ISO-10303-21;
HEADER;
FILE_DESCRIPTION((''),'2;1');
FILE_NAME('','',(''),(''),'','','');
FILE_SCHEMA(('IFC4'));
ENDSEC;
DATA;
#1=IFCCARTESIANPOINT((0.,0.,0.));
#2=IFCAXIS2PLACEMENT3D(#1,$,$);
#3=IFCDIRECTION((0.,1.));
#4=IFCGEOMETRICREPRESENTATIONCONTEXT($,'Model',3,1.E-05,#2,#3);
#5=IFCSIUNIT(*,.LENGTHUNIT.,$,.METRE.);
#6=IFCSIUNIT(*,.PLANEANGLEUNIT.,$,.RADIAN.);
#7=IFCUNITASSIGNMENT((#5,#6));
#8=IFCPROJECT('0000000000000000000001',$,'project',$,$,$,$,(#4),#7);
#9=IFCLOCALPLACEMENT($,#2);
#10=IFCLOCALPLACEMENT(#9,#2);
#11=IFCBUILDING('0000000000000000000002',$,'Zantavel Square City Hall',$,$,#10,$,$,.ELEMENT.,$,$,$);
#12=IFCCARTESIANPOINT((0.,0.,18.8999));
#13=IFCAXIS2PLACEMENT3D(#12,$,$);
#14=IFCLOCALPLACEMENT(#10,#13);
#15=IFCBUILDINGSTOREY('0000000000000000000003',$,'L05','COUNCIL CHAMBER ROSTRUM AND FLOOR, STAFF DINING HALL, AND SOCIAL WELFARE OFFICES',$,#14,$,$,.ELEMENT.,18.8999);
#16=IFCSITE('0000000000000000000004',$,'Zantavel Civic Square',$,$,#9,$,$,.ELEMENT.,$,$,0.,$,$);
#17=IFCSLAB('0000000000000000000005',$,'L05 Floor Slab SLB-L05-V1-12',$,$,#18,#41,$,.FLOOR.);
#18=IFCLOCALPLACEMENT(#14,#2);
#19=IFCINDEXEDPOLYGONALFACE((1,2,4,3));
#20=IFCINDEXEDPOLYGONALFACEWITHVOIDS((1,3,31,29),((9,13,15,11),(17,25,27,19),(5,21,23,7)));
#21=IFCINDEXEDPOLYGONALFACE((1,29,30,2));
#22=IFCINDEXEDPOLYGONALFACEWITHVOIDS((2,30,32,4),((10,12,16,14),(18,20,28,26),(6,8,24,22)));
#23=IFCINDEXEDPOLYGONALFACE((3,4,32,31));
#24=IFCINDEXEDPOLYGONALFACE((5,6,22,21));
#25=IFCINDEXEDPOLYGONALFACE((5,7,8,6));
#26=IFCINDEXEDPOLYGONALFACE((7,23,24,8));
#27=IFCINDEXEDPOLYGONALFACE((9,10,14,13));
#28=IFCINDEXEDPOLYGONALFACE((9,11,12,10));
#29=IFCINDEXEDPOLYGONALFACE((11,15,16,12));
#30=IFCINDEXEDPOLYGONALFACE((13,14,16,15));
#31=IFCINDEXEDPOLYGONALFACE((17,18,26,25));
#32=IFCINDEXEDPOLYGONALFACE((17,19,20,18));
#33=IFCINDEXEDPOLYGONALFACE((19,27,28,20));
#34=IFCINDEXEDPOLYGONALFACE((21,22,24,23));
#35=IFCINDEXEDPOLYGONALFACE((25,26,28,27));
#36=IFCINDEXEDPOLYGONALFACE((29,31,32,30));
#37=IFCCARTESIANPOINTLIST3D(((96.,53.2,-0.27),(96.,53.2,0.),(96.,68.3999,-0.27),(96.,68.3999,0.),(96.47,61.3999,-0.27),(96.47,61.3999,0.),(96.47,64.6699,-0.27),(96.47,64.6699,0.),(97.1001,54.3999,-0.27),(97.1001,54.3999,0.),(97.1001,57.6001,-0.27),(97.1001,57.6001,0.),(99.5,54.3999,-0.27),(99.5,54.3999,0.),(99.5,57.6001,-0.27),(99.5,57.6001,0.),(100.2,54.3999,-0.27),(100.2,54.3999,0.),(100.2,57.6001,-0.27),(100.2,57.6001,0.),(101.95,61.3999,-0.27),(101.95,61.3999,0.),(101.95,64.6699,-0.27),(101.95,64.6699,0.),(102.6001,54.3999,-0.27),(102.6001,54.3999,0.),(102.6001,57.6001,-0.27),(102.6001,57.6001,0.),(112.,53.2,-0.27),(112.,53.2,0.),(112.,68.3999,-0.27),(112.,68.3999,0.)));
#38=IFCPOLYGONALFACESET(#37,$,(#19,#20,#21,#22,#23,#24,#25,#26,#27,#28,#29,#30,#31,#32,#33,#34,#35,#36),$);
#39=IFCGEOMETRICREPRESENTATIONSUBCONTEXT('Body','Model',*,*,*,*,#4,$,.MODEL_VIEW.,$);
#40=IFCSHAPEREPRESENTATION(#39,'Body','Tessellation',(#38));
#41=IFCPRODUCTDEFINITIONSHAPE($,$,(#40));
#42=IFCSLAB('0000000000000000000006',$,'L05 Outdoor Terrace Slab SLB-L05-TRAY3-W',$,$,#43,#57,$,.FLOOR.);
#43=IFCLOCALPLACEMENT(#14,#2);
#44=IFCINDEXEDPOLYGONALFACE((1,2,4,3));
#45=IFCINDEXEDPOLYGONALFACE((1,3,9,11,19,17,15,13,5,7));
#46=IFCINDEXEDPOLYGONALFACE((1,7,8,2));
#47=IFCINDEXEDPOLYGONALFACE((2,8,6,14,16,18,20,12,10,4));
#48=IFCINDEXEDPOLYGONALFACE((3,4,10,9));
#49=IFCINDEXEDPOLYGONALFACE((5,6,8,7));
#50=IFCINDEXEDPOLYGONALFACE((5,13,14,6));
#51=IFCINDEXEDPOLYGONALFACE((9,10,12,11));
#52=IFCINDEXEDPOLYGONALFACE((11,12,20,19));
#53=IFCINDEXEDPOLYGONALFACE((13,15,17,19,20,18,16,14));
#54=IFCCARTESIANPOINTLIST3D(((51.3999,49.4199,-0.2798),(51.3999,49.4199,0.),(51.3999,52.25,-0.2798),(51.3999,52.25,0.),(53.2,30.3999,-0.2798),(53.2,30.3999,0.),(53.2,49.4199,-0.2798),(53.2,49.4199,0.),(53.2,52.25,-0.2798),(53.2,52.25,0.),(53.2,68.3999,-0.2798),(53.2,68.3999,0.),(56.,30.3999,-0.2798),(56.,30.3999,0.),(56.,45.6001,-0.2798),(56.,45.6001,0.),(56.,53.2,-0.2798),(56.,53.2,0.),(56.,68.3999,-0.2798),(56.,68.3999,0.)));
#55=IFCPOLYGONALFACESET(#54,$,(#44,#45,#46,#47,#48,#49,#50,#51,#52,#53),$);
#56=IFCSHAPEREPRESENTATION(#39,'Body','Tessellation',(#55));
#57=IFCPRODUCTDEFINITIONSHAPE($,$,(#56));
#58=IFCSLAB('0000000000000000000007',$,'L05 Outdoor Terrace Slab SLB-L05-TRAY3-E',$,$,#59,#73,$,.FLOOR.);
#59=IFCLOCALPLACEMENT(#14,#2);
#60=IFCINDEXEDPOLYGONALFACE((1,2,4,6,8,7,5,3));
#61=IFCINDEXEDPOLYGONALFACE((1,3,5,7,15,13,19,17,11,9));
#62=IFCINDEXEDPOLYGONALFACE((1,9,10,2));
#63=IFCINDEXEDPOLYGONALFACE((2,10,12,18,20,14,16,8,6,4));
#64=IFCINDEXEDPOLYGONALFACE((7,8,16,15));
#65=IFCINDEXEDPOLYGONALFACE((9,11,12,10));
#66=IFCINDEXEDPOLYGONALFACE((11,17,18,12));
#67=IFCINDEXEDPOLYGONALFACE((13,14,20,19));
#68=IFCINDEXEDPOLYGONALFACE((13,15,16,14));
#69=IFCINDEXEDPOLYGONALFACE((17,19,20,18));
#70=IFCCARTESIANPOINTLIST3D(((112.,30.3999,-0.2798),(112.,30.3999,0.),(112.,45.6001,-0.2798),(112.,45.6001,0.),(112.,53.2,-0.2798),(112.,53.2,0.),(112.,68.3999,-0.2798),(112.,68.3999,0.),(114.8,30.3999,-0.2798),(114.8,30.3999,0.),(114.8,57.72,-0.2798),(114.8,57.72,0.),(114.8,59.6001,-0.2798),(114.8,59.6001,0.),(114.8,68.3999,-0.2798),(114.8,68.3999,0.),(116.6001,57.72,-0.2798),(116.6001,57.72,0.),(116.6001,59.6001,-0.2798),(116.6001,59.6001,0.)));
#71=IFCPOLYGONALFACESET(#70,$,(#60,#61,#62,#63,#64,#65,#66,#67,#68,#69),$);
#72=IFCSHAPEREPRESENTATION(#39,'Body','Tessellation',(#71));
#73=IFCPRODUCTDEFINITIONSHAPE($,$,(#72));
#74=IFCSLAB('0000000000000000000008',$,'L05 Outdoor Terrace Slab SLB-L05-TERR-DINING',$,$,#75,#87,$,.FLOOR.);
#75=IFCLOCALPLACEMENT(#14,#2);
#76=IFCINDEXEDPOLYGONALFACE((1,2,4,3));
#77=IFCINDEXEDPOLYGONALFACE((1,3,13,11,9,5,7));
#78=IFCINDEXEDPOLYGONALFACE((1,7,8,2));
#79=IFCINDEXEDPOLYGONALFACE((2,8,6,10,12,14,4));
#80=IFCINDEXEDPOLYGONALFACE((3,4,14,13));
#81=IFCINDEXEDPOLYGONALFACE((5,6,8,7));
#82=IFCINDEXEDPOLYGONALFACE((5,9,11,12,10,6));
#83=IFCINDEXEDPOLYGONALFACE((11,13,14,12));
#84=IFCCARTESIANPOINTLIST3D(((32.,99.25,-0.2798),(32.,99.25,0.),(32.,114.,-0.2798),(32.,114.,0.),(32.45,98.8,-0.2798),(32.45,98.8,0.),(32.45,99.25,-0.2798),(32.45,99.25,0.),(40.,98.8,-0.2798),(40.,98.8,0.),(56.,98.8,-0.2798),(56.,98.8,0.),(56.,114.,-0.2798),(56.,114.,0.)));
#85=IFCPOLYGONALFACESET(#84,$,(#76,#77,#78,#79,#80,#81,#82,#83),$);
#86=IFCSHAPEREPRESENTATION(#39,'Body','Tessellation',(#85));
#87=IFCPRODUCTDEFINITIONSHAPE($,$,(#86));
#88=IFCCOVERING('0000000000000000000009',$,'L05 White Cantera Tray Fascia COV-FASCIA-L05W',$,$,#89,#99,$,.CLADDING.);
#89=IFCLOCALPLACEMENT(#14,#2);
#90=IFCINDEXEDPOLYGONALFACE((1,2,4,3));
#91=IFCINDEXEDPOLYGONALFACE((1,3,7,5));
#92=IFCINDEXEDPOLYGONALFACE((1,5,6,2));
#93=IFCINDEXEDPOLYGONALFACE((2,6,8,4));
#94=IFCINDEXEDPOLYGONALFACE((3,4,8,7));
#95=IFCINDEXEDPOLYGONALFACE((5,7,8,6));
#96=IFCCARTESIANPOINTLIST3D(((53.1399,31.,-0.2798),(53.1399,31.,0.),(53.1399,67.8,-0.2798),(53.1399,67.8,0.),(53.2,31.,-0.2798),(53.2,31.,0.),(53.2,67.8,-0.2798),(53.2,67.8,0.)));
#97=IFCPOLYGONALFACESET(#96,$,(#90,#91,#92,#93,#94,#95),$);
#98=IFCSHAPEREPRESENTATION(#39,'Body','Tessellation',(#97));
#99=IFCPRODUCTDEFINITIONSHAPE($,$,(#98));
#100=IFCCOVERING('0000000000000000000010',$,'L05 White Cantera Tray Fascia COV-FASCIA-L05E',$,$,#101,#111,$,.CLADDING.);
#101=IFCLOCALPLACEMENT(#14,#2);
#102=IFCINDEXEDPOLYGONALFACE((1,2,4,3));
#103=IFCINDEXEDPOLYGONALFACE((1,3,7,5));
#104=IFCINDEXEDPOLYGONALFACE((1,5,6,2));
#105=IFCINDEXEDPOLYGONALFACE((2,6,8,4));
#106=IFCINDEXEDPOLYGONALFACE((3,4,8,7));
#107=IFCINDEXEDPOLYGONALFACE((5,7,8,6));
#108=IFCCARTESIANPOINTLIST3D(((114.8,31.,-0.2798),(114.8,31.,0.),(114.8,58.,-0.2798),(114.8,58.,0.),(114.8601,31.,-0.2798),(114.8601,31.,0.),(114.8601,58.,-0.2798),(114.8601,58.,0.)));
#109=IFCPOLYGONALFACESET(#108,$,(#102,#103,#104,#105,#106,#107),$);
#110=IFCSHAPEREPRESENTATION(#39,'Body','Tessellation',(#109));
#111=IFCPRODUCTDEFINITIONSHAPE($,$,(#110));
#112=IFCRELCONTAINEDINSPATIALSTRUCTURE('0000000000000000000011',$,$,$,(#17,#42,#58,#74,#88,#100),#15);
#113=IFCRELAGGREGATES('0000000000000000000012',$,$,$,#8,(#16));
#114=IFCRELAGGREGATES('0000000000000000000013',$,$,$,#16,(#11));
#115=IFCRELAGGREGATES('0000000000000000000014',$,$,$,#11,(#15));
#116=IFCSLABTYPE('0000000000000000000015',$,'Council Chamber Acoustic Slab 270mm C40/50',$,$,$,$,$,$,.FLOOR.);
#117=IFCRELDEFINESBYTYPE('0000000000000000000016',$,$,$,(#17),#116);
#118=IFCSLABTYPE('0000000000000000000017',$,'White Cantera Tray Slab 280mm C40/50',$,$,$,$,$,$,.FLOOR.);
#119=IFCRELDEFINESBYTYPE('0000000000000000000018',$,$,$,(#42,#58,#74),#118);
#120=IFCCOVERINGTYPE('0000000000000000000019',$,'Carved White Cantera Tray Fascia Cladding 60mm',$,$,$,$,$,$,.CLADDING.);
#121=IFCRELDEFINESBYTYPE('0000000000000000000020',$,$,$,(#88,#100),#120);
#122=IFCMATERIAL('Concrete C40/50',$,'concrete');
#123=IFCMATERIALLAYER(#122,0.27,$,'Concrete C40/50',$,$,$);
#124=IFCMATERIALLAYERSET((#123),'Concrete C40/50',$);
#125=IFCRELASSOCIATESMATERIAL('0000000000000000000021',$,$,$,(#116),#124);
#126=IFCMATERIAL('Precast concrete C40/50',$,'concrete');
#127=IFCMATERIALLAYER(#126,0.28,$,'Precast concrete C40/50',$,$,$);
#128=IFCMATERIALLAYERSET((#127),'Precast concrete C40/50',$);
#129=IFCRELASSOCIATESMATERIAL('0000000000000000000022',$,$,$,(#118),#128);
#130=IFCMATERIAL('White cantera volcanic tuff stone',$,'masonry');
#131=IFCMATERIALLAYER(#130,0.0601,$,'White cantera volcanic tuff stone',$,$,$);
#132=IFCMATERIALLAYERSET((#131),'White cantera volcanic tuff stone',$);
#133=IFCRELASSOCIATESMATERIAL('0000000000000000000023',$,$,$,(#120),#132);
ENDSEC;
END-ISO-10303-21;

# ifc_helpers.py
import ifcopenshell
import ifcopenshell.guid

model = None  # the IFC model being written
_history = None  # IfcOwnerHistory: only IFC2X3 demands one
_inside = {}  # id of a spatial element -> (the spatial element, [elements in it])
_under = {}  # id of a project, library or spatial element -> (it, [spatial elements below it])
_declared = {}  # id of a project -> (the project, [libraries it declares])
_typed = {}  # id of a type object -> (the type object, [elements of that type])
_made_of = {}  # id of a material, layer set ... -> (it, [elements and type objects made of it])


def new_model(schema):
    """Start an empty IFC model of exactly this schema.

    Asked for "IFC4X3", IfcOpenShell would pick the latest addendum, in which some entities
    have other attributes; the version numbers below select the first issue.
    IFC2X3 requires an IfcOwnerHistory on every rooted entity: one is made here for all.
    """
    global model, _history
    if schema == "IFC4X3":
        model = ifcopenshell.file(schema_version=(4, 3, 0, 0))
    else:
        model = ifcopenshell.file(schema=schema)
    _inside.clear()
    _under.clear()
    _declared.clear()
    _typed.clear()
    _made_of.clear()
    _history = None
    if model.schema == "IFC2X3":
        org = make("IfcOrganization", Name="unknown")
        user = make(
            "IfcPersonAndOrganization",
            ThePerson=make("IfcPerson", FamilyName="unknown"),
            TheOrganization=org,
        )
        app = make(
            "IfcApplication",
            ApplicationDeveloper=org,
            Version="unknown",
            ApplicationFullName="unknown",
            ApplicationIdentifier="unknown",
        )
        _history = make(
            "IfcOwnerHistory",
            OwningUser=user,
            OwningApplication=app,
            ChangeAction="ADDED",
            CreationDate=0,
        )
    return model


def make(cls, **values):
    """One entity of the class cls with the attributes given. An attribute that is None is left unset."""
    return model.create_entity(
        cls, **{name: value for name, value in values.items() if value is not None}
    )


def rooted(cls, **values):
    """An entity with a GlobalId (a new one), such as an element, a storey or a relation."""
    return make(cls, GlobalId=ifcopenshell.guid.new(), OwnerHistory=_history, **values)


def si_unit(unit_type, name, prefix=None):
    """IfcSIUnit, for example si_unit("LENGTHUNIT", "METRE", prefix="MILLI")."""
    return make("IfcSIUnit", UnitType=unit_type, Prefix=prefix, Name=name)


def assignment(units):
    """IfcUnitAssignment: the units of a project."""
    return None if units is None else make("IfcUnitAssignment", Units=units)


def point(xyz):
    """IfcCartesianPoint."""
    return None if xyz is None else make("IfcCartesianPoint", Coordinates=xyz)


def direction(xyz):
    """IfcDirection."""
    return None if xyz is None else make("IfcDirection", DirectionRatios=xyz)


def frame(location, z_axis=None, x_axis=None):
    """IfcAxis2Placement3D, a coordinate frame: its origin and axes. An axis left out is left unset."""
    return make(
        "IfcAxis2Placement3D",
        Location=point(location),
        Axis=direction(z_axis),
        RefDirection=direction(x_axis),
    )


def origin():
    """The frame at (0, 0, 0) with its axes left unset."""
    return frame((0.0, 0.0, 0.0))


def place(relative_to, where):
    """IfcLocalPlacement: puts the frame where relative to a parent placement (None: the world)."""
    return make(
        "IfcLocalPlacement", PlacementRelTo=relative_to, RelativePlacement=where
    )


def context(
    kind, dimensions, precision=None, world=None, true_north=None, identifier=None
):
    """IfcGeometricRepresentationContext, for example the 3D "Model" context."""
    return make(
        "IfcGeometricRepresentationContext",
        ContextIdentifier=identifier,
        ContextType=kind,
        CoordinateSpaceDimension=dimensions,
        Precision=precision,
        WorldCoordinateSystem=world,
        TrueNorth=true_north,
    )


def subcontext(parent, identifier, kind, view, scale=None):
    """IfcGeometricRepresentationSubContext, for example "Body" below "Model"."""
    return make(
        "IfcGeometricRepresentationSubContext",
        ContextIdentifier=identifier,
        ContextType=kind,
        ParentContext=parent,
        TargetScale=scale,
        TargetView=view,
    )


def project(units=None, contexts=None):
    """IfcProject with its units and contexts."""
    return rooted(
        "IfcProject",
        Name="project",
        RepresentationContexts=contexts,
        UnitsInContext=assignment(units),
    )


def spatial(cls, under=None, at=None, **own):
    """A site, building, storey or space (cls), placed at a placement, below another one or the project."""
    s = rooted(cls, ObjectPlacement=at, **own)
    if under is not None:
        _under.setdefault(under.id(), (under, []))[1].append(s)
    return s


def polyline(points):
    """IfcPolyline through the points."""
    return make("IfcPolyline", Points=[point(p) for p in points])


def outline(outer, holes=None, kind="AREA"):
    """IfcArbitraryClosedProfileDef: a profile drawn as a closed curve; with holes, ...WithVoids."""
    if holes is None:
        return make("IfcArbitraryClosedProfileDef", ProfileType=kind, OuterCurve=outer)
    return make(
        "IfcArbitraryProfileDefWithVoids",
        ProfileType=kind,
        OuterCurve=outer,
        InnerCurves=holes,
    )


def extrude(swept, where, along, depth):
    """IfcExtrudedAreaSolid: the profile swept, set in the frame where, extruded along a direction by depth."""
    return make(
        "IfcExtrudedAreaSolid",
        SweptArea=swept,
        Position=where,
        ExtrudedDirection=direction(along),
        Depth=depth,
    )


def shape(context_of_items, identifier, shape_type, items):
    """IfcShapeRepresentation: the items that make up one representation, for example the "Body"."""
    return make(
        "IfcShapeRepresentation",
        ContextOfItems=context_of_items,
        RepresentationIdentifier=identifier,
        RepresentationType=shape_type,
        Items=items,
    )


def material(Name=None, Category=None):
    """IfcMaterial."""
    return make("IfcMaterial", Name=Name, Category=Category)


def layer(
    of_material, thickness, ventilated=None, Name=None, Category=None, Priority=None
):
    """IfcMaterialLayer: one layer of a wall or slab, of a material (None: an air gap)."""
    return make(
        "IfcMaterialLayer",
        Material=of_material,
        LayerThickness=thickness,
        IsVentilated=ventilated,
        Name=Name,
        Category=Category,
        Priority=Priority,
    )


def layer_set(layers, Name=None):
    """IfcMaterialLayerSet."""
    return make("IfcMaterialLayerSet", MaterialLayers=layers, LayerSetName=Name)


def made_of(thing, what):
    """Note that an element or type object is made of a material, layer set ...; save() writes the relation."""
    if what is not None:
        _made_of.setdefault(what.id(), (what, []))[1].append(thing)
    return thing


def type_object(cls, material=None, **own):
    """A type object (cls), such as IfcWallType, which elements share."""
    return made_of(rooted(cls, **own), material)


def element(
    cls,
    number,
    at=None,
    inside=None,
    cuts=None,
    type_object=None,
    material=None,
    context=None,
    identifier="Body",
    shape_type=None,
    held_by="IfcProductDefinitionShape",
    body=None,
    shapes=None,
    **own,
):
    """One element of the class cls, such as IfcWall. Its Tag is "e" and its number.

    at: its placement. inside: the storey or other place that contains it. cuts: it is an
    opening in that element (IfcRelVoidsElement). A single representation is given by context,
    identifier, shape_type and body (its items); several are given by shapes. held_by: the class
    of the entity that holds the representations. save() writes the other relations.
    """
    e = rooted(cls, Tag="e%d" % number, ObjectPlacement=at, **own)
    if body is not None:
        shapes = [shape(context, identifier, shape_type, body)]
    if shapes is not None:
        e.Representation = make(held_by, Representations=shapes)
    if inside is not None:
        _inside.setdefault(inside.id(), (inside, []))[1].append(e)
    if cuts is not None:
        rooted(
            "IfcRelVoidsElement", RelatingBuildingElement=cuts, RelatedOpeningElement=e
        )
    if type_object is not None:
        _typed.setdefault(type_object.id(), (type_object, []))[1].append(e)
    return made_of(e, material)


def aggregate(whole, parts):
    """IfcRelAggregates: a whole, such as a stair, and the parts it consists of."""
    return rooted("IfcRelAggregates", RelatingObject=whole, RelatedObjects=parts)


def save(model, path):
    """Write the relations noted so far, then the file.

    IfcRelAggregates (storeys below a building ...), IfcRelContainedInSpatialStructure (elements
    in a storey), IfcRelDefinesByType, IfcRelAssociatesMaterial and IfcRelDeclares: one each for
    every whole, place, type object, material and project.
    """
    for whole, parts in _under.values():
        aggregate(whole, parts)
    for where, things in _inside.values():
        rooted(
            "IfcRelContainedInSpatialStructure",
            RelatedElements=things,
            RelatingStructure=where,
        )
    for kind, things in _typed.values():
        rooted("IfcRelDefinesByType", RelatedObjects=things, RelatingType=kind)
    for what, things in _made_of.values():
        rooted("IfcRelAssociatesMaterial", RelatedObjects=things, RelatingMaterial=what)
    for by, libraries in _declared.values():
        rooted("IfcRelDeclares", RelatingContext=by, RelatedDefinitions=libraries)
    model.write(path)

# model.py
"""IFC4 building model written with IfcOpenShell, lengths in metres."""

from ifc_helpers import new_model, si_unit, direction, frame, origin, place, context, subcontext, project, spatial, polyline, outline, extrude, material, layer, layer_set, type_object, element, save


model = new_model("IFC4")

# Units and contexts
model_context = context("Model", 3, precision=1e-05, world=origin(), true_north=direction((0.0, 1.0)))
body_context = subcontext(model_context, "Body", "Model", "MODEL_VIEW")
ifc_project = project(units=[si_unit("LENGTHUNIT", "METRE"), si_unit("PLANEANGLEUNIT", "RADIAN")], contexts=[model_context])

# Site, building, storey
site_placement = place(None, origin())
site = spatial("IfcSite", under=ifc_project, at=site_placement, Name="Zantavel Civic Square", CompositionType="ELEMENT", RefElevation=0.0)
building_placement = place(site_placement, origin())
building = spatial("IfcBuilding", under=site, at=building_placement, Name="Zantavel Square City Hall", CompositionType="ELEMENT")
storey_placement = place(building_placement, frame((0.0, 0.0, 18.8999)))
storey = spatial("IfcBuildingStorey", under=building, at=storey_placement, Name="L05", Description="COUNCIL CHAMBER ROSTRUM AND FLOOR, STAFF DINING HALL, AND SOCIAL WELFARE OFFICES", CompositionType="ELEMENT", Elevation=18.8999)

# Slabs
ifc_material_1 = material(Name="Concrete C40/50", Category="concrete")
ifc_layer_1 = layer(ifc_material_1, 0.27, Name="Concrete C40/50")
ifc_layer_set_1 = layer_set([ifc_layer_1], Name="Concrete C40/50")
slab_type_1 = type_object("IfcSlabType", Name="Council Chamber Acoustic Slab 270mm C40/50", PredefinedType="FLOOR", material=ifc_layer_set_1)
slab_1_placement = place(storey_placement, frame((0.0, 0.0, -0.27)))
element("IfcSlab", 1, at=slab_1_placement, inside=storey, type_object=slab_type_1, Name="L05 Floor Slab SLB-L05-V1-12", PredefinedType="FLOOR", context=body_context, shape_type="SweptSolid", body=[
    extrude(outline(polyline([(96.0, 68.3999), (112.0, 68.3999), (112.0, 53.2), (96.0, 53.2), (96.0, 68.3999)]), holes=[polyline([(96.47, 61.3999), (101.95, 61.3999), (101.95, 64.6699), (96.47, 64.6699), (96.47, 61.3999)]), polyline([(97.1001, 57.6001), (97.1001, 54.3999), (99.5, 54.3999), (99.5, 57.6001), (97.1001, 57.6001)]), polyline([(102.6001, 57.6001), (100.2, 57.6001), (100.2, 54.3999), (102.6001, 54.3999), (102.6001, 57.6001)])]), origin(), (0.0, 0.0, 1.0), 0.27),
])
ifc_material_2 = material(Name="Precast concrete C40/50", Category="concrete")
ifc_layer_2 = layer(ifc_material_2, 0.28, Name="Precast concrete C40/50")
ifc_layer_set_2 = layer_set([ifc_layer_2], Name="Precast concrete C40/50")
slab_type_2 = type_object("IfcSlabType", Name="White Cantera Tray Slab 280mm C40/50", PredefinedType="FLOOR", material=ifc_layer_set_2)
slab_2_placement = place(storey_placement, frame((0.0, 0.0, -0.2798)))
element("IfcSlab", 2, at=slab_2_placement, inside=storey, type_object=slab_type_2, Name="L05 Outdoor Terrace Slab SLB-L05-TRAY3-W", PredefinedType="FLOOR", context=body_context, shape_type="SweptSolid", body=[
    extrude(outline(polyline([(56.0, 68.3999), (56.0, 53.2), (56.0, 45.6001), (56.0, 30.3999), (53.2, 30.3999), (53.2, 49.4199), (51.3999, 49.4199), (51.3999, 52.25), (53.2, 52.25), (53.2, 68.3999), (56.0, 68.3999)])), origin(), (0.0, 0.0, 1.0), 0.2798),
])
slab_3_placement = place(storey_placement, frame((0.0, 0.0, -0.2798)))
element("IfcSlab", 3, at=slab_3_placement, inside=storey, type_object=slab_type_2, Name="L05 Outdoor Terrace Slab SLB-L05-TRAY3-E", PredefinedType="FLOOR", context=body_context, shape_type="SweptSolid", body=[
    extrude(outline(polyline([(112.0, 30.3999), (112.0, 45.6001), (112.0, 53.2), (112.0, 68.3999), (114.8, 68.3999), (114.8, 59.6001), (116.6001, 59.6001), (116.6001, 57.72), (114.8, 57.72), (114.8, 30.3999), (112.0, 30.3999)])), origin(), (0.0, 0.0, 1.0), 0.2798),
])
slab_4_placement = place(storey_placement, frame((0.0, 0.0, -0.2798)))
element("IfcSlab", 4, at=slab_4_placement, inside=storey, type_object=slab_type_2, Name="L05 Outdoor Terrace Slab SLB-L05-TERR-DINING", PredefinedType="FLOOR", context=body_context, shape_type="SweptSolid", body=[
    extrude(outline(polyline([(56.0, 114.0), (56.0, 98.8), (40.0, 98.8), (32.45, 98.8), (32.45, 99.25), (32.0, 99.25), (32.0, 114.0), (56.0, 114.0)])), origin(), (0.0, 0.0, 1.0), 0.2798),
])

# Coverings
ifc_material_3 = material(Name="White cantera volcanic tuff stone", Category="masonry")
ifc_layer_3 = layer(ifc_material_3, 0.0601, Name="White cantera volcanic tuff stone")
ifc_layer_set_3 = layer_set([ifc_layer_3], Name="White cantera volcanic tuff stone")
covering_type = type_object("IfcCoveringType", Name="Carved White Cantera Tray Fascia Cladding 60mm", PredefinedType="CLADDING", material=ifc_layer_set_3)
covering_1_placement = place(storey_placement, frame((0.0, 0.0, -0.2798)))
element("IfcCovering", 5, at=covering_1_placement, inside=storey, type_object=covering_type, Name="L05 White Cantera Tray Fascia COV-FASCIA-L05W", PredefinedType="CLADDING", context=body_context, shape_type="SweptSolid", body=[
    extrude(outline(polyline([(53.1399, 31.0), (53.2, 31.0), (53.2, 67.8), (53.1399, 67.8), (53.1399, 31.0)])), origin(), (0.0, 0.0, 1.0), 0.2798),
])
covering_2_placement = place(storey_placement, frame((0.0, 0.0, -0.2798)))
element("IfcCovering", 6, at=covering_2_placement, inside=storey, type_object=covering_type, Name="L05 White Cantera Tray Fascia COV-FASCIA-L05E", PredefinedType="CLADDING", context=body_context, shape_type="SweptSolid", body=[
    extrude(outline(polyline([(114.8, 31.0), (114.8601, 31.0), (114.8601, 58.0), (114.8, 58.0), (114.8, 31.0)])), origin(), (0.0, 0.0, 1.0), 0.2798),
])

save(model, "model.ifc")
